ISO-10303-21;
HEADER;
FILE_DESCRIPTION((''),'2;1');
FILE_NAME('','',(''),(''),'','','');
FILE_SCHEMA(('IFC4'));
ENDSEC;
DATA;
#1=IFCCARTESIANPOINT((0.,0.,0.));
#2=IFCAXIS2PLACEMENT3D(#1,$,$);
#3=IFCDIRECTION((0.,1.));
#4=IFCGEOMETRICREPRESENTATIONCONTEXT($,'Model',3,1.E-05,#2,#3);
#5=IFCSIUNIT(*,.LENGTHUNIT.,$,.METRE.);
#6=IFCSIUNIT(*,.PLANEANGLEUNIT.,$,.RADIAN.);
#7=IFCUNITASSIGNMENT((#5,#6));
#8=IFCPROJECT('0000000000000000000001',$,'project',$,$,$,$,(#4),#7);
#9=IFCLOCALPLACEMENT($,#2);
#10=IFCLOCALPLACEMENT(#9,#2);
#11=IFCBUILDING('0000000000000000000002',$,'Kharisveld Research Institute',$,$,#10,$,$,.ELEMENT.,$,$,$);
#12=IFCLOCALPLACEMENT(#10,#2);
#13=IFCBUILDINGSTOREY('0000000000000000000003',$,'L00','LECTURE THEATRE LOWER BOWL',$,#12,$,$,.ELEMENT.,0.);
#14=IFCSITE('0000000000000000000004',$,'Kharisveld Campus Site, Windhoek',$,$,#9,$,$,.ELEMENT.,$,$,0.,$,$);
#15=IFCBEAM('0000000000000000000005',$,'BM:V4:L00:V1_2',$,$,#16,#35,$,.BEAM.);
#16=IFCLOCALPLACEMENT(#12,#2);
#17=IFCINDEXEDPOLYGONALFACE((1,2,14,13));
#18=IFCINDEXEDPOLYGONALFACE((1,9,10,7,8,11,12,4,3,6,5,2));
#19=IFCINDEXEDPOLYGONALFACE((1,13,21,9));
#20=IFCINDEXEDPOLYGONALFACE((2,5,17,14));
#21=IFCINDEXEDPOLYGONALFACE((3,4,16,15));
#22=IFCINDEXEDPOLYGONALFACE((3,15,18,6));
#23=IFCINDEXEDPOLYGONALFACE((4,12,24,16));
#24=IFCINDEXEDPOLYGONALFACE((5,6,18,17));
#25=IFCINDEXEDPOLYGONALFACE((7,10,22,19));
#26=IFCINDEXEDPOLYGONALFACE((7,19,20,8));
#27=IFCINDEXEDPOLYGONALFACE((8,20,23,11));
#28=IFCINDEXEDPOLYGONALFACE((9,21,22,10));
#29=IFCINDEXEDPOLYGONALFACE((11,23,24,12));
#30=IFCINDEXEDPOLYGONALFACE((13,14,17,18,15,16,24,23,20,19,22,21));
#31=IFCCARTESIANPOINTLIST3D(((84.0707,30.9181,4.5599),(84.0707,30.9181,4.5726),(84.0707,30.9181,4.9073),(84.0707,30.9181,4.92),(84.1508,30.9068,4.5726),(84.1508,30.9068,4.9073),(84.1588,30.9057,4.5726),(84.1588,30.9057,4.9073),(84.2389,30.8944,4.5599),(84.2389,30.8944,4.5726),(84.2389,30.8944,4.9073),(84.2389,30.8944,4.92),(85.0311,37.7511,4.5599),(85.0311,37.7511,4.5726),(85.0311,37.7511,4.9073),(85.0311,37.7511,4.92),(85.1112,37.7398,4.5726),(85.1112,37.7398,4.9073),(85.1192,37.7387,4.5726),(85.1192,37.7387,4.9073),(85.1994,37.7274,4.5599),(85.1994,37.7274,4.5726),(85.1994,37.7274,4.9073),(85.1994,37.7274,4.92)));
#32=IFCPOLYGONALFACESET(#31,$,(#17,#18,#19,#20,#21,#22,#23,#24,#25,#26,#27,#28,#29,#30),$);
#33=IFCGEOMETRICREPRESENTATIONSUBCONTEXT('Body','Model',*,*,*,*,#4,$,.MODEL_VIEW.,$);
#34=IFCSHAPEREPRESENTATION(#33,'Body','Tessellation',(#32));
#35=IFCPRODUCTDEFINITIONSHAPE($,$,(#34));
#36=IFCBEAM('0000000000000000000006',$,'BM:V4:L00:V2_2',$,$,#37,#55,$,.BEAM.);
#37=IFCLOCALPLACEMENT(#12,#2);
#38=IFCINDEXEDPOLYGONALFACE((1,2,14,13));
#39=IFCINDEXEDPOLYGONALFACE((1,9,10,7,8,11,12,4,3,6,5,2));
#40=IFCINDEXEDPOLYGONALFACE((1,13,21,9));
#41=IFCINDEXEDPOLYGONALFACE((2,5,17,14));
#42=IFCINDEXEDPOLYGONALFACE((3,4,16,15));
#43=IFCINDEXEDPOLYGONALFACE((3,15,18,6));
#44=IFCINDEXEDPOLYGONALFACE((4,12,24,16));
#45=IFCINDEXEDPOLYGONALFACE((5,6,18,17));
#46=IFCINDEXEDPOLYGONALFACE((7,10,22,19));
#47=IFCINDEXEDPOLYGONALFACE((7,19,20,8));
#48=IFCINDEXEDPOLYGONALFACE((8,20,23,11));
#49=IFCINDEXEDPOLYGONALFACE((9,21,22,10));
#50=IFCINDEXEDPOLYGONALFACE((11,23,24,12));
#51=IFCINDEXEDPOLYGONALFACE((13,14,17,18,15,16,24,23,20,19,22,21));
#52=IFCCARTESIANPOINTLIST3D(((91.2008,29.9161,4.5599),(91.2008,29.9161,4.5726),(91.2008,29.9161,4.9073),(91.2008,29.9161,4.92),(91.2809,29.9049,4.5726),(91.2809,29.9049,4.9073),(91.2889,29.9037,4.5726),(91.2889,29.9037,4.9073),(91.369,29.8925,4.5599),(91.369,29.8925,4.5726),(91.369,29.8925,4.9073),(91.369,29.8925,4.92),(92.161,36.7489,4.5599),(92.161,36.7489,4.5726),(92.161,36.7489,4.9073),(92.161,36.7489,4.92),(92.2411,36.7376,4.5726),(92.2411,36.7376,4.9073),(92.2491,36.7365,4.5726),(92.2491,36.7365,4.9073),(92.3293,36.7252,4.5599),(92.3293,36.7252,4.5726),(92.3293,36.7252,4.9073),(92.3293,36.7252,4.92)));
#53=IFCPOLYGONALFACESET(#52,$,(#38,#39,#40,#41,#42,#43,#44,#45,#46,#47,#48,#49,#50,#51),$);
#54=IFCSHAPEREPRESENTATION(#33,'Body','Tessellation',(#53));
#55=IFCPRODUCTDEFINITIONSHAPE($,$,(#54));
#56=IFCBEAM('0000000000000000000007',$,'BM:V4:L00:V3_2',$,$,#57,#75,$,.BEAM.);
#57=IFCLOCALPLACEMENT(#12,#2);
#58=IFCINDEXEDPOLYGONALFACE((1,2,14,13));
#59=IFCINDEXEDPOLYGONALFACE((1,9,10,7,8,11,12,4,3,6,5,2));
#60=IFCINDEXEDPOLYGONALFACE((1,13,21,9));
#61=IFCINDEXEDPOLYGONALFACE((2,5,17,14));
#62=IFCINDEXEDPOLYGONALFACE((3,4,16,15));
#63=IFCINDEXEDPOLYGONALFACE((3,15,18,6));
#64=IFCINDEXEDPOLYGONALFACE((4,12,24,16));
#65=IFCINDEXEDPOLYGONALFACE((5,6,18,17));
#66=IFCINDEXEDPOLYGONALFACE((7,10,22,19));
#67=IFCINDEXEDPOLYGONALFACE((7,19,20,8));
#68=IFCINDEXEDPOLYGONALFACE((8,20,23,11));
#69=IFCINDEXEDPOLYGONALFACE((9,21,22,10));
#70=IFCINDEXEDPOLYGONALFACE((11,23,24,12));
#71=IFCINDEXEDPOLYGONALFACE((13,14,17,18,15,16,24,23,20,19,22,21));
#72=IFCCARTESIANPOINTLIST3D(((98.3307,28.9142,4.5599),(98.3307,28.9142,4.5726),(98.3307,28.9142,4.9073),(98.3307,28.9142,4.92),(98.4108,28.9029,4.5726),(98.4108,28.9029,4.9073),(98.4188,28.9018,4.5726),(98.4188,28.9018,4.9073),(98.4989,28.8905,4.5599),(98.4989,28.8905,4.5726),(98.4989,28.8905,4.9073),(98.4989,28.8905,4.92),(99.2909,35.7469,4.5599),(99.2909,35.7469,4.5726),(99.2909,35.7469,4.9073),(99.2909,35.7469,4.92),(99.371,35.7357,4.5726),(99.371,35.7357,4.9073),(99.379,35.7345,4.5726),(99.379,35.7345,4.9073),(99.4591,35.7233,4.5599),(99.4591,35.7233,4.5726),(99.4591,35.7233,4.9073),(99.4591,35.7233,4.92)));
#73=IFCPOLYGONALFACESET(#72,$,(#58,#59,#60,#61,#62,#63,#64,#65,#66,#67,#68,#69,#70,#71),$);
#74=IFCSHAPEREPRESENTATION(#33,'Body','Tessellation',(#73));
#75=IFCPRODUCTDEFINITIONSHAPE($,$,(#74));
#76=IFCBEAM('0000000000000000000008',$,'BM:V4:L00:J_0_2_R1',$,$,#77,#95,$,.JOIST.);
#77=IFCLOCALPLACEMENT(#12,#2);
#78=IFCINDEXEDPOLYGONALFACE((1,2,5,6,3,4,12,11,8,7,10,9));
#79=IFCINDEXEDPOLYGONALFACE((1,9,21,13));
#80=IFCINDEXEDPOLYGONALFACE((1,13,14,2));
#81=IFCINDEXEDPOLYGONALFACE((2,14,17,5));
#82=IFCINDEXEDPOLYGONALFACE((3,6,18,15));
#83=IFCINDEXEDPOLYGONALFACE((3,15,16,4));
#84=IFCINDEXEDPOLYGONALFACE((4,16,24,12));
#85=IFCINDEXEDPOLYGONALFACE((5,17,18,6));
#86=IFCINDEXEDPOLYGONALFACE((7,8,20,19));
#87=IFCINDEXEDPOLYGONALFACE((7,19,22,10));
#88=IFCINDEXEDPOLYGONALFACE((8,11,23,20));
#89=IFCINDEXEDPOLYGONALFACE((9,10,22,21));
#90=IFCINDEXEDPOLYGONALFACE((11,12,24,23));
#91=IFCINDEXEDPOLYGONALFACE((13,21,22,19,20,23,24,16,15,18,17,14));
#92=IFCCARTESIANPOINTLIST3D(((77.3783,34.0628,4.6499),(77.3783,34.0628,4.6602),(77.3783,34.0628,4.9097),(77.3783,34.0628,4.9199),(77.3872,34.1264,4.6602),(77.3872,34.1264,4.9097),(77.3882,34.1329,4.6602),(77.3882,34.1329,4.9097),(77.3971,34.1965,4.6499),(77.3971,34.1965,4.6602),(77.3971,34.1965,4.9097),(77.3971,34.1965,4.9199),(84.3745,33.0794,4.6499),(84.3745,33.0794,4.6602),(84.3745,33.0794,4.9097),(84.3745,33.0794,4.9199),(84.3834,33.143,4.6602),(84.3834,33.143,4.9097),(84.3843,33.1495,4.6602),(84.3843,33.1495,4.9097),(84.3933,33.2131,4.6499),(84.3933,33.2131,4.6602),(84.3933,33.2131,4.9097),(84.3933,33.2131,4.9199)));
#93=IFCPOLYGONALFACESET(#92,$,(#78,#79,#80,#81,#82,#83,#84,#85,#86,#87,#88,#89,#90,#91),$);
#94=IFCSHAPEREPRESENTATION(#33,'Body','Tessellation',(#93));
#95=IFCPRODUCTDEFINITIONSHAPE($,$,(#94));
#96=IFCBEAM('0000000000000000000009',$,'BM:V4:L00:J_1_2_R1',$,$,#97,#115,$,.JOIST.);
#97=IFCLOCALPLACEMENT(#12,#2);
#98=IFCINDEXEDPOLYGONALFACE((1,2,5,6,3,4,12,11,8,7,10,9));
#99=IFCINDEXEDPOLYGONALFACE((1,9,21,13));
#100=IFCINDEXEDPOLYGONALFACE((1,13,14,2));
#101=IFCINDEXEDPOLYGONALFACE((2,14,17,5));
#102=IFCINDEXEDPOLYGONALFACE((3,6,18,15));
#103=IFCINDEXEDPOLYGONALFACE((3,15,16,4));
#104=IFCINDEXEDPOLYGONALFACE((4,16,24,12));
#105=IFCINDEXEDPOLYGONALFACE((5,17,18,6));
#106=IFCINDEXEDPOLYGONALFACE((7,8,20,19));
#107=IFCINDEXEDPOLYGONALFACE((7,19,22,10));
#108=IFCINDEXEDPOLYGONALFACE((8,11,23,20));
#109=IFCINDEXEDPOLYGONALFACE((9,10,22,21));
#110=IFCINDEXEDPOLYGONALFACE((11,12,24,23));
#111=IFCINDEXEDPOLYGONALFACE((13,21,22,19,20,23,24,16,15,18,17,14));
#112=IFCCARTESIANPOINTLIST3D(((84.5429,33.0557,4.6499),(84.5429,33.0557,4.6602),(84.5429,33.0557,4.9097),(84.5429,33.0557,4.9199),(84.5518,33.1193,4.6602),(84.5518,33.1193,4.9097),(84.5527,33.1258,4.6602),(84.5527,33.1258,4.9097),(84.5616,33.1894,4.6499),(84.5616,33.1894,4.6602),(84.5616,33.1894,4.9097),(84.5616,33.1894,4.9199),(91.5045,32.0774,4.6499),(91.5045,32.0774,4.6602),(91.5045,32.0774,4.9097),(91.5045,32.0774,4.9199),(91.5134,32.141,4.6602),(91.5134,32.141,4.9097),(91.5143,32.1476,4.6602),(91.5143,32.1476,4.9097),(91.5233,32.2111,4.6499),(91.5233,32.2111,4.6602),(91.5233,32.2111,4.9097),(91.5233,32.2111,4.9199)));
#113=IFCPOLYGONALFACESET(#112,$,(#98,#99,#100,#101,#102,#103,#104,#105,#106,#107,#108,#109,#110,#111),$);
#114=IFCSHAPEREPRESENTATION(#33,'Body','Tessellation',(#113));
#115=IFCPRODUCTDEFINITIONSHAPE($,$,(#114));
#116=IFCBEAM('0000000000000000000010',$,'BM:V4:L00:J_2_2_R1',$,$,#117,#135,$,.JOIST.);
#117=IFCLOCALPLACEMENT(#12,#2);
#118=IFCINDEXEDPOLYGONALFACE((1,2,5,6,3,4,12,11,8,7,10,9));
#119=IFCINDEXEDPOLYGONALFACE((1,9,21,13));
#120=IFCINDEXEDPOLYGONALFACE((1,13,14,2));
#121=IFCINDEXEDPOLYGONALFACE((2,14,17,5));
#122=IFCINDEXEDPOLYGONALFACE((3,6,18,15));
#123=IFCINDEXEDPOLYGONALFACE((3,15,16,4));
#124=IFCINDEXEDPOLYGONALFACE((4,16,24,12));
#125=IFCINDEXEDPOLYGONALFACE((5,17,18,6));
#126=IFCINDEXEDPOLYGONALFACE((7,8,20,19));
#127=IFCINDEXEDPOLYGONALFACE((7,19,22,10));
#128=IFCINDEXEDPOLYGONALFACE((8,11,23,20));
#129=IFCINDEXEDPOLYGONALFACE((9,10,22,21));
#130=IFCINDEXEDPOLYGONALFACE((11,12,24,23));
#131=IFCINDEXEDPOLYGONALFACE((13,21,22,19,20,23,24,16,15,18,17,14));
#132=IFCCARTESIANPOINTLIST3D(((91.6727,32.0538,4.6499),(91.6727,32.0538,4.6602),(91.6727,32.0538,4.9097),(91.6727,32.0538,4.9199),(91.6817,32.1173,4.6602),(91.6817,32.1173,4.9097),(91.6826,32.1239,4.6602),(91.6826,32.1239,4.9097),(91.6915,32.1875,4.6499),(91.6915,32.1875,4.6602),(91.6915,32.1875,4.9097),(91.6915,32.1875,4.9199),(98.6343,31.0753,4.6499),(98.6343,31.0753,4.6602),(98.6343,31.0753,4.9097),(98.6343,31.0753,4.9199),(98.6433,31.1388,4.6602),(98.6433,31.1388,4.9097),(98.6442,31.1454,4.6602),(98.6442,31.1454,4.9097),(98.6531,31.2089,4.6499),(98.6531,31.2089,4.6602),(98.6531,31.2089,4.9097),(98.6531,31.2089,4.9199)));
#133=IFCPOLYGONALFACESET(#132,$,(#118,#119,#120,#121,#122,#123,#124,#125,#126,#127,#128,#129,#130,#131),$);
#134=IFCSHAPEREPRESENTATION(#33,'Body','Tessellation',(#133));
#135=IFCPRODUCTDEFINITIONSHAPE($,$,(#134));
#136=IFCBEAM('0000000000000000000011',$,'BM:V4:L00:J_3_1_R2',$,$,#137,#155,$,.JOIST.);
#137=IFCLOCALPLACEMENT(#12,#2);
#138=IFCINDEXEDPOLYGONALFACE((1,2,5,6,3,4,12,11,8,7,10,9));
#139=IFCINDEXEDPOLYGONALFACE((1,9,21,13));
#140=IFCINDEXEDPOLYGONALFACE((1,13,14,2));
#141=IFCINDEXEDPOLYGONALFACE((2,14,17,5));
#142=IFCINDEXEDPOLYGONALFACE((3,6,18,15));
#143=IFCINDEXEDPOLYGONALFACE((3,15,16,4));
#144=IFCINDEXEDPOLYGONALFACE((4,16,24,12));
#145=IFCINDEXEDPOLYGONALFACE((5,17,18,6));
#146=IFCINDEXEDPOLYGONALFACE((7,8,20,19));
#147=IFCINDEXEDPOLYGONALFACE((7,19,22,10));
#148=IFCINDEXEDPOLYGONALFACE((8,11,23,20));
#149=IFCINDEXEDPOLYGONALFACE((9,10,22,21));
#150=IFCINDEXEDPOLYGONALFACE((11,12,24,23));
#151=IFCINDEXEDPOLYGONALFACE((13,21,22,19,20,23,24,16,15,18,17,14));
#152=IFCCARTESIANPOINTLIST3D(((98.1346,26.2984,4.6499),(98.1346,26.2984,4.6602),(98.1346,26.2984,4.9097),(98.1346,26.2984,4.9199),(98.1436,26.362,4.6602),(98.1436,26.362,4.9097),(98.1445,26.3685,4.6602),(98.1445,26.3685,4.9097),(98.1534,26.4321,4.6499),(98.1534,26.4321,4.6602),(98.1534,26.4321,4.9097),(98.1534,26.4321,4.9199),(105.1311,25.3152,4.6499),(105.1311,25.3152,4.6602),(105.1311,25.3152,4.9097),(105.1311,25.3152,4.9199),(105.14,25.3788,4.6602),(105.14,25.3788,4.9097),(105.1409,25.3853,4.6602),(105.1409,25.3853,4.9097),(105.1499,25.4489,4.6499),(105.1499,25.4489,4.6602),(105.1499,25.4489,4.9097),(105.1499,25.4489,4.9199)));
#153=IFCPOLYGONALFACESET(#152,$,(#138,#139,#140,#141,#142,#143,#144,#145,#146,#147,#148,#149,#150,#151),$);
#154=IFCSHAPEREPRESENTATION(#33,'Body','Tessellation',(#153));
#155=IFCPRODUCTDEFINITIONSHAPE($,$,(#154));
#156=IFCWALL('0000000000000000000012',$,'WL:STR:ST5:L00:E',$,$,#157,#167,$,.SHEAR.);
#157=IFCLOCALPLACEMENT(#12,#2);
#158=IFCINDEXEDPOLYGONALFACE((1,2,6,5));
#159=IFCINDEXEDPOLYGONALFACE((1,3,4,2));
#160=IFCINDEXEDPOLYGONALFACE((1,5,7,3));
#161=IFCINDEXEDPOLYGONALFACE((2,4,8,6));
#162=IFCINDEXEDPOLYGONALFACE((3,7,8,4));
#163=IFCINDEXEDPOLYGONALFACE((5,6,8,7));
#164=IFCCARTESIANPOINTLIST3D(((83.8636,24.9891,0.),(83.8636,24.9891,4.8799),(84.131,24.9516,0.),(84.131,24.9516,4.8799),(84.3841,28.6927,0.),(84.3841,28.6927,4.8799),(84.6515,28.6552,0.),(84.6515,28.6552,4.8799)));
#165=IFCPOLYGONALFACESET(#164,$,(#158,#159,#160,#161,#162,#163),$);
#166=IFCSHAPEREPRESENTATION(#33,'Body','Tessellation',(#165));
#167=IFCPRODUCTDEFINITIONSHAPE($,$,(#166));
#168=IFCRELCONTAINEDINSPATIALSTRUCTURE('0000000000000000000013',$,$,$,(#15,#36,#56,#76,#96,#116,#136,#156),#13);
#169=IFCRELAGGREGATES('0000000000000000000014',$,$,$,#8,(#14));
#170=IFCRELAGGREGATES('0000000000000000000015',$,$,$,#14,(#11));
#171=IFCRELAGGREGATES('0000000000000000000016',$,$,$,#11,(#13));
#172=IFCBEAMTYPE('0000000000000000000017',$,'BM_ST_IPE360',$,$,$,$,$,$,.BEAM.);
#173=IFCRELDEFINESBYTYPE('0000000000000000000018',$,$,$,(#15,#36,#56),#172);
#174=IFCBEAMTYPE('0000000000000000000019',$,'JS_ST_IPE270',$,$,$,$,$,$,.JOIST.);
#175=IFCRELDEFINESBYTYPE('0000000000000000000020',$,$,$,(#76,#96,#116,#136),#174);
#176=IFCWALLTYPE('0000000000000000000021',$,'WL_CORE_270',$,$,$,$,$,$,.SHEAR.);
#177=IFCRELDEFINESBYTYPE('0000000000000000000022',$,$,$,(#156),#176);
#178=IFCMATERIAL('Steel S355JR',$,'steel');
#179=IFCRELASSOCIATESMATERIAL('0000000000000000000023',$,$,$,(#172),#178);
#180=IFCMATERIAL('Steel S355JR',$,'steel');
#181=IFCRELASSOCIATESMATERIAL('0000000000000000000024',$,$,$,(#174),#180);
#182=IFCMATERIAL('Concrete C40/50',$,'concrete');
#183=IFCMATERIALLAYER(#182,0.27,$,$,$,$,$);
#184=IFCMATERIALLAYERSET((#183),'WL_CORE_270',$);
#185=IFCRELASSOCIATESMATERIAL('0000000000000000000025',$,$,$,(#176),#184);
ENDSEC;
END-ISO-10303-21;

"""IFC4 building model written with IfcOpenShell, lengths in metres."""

from ifc_helpers import new_model, si_unit, direction, frame, frame_2d, origin, origin_2d, place, context, subcontext, project, spatial, rectangle, i_section, extrude, material, layer, layer_set, material_profile, profile_set, type_object, element, save


model = new_model("IFC4")

# Units and contexts
model_context = context("Model", 3, precision=1e-05, world=origin(), true_north=direction((0.0, 1.0)))
body_context = subcontext(model_context, "Body", "Model", "MODEL_VIEW")
ifc_project = project(units=[si_unit("LENGTHUNIT", "METRE"), si_unit("PLANEANGLEUNIT", "RADIAN")], contexts=[model_context])

# Site, building, storey
site_placement = place(None, origin())
site = spatial("IfcSite", under=ifc_project, at=site_placement, Name="Kharisveld Campus Site, Windhoek", CompositionType="ELEMENT", RefElevation=0.0)
building_placement = place(site_placement, origin())
building = spatial("IfcBuilding", under=site, at=building_placement, Name="Kharisveld Research Institute", CompositionType="ELEMENT")
storey_placement = place(building_placement, origin())
storey = spatial("IfcBuildingStorey", under=building, at=storey_placement, Name="L00", Description="LECTURE THEATRE LOWER BOWL", CompositionType="ELEMENT", Elevation=0.0)

# Beams
ifc_material_1 = material(Name="Steel S355JR", Category="steel")
ifc_material_profile_1 = material_profile(ifc_material_1, i_section(OverallWidth=0.1699, OverallDepth=0.3601, WebThickness=0.0081, FlangeThickness=0.0127, at=origin_2d()))
ifc_profile_set_1 = profile_set([ifc_material_profile_1], Name="Steel S355JR")
beam_type_1 = type_object("IfcBeamType", Name="BM_ST_IPE360", PredefinedType="BEAM", material=ifc_profile_set_1)
beam_1_placement = place(storey_placement, frame((84.1548, 30.9062, 4.74), z_axis=(0.139192, 0.990265, 0.0), x_axis=(-0.990265, 0.139192, 0.0)))
element("IfcBeam", 1, at=beam_1_placement, inside=storey, type_object=beam_type_1, Name="BM:V4:L00:V1_2", PredefinedType="BEAM", context=body_context, shape_type="SweptSolid", body=[
    extrude(i_section(OverallWidth=0.1699, OverallDepth=0.3601, WebThickness=0.0081, FlangeThickness=0.0127, at=origin_2d()), origin(), (0.0, 0.0, 1.0), 6.9001),
])
for number, where, z_axis, x_axis, name in (
    (2, (91.2849, 29.9043, 4.74), (0.139162, 0.99027, 0.0), (-0.99027, 0.139162, 0.0), "BM:V4:L00:V2_2"),
    (3, (98.4148, 28.9023, 4.74), (0.139162, 0.99027, 0.0), (-0.99027, 0.139162, 0.0), "BM:V4:L00:V3_2"),
):
    element("IfcBeam", number, at=place(storey_placement, frame(where, z_axis=z_axis, x_axis=x_axis)), inside=storey, type_object=beam_type_1, Name=name, PredefinedType="BEAM", context=body_context, shape_type="SweptSolid", body=[
        extrude(i_section(OverallWidth=0.1699, OverallDepth=0.3601, WebThickness=0.0081, FlangeThickness=0.0127, at=origin_2d()), origin(), (0.0, 0.0, 1.0), 6.8999),
    ])
ifc_material_2 = material(Name="Steel S355JR", Category="steel")
ifc_material_profile_2 = material_profile(ifc_material_2, i_section(OverallWidth=0.135, OverallDepth=0.27, WebThickness=0.0066, FlangeThickness=0.0103, at=origin_2d()))
ifc_profile_set_2 = profile_set([ifc_material_profile_2], Name="Steel S355JR")
beam_type_2 = type_object("IfcBeamType", Name="JS_ST_IPE270", PredefinedType="JOIST", material=ifc_profile_set_2)
beam_2_placement = place(storey_placement, frame((77.3877, 34.1296, 4.7849), z_axis=(0.990265, -0.139196, 0.0), x_axis=(0.139196, 0.990265, 0.0)))
element("IfcBeam", 4, at=beam_2_placement, inside=storey, type_object=beam_type_2, Name="BM:V4:L00:J_0_2_R1", PredefinedType="JOIST", context=body_context, shape_type="SweptSolid", body=[
    extrude(i_section(OverallWidth=0.135, OverallDepth=0.27, WebThickness=0.0066, FlangeThickness=0.0103, at=origin_2d()), origin(), (0.0, 0.0, 1.0), 7.0649),
])
for number, where, z_axis, x_axis, name in (
    (5, (84.5522, 33.1226, 4.7849), (0.990271, -0.139155, 0.0), (0.139155, 0.990271, 0.0), "BM:V4:L00:J_1_2_R1"),
    (6, (91.6821, 32.1206, 4.7849), (0.990266, -0.139189, 0.0), (0.139189, 0.990266, 0.0), "BM:V4:L00:J_2_2_R1"),
):
    element("IfcBeam", number, at=place(storey_placement, frame(where, z_axis=z_axis, x_axis=x_axis)), inside=storey, type_object=beam_type_2, Name=name, PredefinedType="JOIST", context=body_context, shape_type="SweptSolid", body=[
        extrude(i_section(OverallWidth=0.135, OverallDepth=0.27, WebThickness=0.0066, FlangeThickness=0.0103, at=origin_2d()), origin(), (0.0, 0.0, 1.0), 7.03),
    ])
beam_3_placement = place(storey_placement, frame((98.144, 26.3652, 4.7849), z_axis=(0.99027, -0.139157, 0.0), x_axis=(0.139157, 0.99027, 0.0)))
element("IfcBeam", 7, at=beam_3_placement, inside=storey, type_object=beam_type_2, Name="BM:V4:L00:J_3_1_R2", PredefinedType="JOIST", context=body_context, shape_type="SweptSolid", body=[
    extrude(i_section(OverallWidth=0.135, OverallDepth=0.27, WebThickness=0.0066, FlangeThickness=0.0103, at=origin_2d()), origin(), (0.0, 0.0, 1.0), 7.0652),
])

# Wall
ifc_material_3 = material(Name="Concrete C40/50", Category="concrete")
ifc_layer = layer(ifc_material_3, 0.27)
ifc_layer_set = layer_set([ifc_layer], Name="WL_CORE_270")
wall_type = type_object("IfcWallType", Name="WL_CORE_270", PredefinedType="SHEAR", material=ifc_layer_set)
wall_placement = place(storey_placement, frame((84.5178, 28.6741, 0.0), z_axis=(0.0, 0.0, 1.0), x_axis=(-0.139173, -0.990268, 0.0)))
element("IfcWall", 8, at=wall_placement, inside=storey, type_object=wall_type, Name="WL:STR:ST5:L00:E", PredefinedType="SHEAR", context=body_context, shape_type="SweptSolid", body=[
    extrude(rectangle(XDim=3.74, YDim=0.27, at=frame_2d((1.8701, 0.0))), origin(), (0.0, 0.0, 1.0), 4.8799),
])

save(model, "model.ifc")
